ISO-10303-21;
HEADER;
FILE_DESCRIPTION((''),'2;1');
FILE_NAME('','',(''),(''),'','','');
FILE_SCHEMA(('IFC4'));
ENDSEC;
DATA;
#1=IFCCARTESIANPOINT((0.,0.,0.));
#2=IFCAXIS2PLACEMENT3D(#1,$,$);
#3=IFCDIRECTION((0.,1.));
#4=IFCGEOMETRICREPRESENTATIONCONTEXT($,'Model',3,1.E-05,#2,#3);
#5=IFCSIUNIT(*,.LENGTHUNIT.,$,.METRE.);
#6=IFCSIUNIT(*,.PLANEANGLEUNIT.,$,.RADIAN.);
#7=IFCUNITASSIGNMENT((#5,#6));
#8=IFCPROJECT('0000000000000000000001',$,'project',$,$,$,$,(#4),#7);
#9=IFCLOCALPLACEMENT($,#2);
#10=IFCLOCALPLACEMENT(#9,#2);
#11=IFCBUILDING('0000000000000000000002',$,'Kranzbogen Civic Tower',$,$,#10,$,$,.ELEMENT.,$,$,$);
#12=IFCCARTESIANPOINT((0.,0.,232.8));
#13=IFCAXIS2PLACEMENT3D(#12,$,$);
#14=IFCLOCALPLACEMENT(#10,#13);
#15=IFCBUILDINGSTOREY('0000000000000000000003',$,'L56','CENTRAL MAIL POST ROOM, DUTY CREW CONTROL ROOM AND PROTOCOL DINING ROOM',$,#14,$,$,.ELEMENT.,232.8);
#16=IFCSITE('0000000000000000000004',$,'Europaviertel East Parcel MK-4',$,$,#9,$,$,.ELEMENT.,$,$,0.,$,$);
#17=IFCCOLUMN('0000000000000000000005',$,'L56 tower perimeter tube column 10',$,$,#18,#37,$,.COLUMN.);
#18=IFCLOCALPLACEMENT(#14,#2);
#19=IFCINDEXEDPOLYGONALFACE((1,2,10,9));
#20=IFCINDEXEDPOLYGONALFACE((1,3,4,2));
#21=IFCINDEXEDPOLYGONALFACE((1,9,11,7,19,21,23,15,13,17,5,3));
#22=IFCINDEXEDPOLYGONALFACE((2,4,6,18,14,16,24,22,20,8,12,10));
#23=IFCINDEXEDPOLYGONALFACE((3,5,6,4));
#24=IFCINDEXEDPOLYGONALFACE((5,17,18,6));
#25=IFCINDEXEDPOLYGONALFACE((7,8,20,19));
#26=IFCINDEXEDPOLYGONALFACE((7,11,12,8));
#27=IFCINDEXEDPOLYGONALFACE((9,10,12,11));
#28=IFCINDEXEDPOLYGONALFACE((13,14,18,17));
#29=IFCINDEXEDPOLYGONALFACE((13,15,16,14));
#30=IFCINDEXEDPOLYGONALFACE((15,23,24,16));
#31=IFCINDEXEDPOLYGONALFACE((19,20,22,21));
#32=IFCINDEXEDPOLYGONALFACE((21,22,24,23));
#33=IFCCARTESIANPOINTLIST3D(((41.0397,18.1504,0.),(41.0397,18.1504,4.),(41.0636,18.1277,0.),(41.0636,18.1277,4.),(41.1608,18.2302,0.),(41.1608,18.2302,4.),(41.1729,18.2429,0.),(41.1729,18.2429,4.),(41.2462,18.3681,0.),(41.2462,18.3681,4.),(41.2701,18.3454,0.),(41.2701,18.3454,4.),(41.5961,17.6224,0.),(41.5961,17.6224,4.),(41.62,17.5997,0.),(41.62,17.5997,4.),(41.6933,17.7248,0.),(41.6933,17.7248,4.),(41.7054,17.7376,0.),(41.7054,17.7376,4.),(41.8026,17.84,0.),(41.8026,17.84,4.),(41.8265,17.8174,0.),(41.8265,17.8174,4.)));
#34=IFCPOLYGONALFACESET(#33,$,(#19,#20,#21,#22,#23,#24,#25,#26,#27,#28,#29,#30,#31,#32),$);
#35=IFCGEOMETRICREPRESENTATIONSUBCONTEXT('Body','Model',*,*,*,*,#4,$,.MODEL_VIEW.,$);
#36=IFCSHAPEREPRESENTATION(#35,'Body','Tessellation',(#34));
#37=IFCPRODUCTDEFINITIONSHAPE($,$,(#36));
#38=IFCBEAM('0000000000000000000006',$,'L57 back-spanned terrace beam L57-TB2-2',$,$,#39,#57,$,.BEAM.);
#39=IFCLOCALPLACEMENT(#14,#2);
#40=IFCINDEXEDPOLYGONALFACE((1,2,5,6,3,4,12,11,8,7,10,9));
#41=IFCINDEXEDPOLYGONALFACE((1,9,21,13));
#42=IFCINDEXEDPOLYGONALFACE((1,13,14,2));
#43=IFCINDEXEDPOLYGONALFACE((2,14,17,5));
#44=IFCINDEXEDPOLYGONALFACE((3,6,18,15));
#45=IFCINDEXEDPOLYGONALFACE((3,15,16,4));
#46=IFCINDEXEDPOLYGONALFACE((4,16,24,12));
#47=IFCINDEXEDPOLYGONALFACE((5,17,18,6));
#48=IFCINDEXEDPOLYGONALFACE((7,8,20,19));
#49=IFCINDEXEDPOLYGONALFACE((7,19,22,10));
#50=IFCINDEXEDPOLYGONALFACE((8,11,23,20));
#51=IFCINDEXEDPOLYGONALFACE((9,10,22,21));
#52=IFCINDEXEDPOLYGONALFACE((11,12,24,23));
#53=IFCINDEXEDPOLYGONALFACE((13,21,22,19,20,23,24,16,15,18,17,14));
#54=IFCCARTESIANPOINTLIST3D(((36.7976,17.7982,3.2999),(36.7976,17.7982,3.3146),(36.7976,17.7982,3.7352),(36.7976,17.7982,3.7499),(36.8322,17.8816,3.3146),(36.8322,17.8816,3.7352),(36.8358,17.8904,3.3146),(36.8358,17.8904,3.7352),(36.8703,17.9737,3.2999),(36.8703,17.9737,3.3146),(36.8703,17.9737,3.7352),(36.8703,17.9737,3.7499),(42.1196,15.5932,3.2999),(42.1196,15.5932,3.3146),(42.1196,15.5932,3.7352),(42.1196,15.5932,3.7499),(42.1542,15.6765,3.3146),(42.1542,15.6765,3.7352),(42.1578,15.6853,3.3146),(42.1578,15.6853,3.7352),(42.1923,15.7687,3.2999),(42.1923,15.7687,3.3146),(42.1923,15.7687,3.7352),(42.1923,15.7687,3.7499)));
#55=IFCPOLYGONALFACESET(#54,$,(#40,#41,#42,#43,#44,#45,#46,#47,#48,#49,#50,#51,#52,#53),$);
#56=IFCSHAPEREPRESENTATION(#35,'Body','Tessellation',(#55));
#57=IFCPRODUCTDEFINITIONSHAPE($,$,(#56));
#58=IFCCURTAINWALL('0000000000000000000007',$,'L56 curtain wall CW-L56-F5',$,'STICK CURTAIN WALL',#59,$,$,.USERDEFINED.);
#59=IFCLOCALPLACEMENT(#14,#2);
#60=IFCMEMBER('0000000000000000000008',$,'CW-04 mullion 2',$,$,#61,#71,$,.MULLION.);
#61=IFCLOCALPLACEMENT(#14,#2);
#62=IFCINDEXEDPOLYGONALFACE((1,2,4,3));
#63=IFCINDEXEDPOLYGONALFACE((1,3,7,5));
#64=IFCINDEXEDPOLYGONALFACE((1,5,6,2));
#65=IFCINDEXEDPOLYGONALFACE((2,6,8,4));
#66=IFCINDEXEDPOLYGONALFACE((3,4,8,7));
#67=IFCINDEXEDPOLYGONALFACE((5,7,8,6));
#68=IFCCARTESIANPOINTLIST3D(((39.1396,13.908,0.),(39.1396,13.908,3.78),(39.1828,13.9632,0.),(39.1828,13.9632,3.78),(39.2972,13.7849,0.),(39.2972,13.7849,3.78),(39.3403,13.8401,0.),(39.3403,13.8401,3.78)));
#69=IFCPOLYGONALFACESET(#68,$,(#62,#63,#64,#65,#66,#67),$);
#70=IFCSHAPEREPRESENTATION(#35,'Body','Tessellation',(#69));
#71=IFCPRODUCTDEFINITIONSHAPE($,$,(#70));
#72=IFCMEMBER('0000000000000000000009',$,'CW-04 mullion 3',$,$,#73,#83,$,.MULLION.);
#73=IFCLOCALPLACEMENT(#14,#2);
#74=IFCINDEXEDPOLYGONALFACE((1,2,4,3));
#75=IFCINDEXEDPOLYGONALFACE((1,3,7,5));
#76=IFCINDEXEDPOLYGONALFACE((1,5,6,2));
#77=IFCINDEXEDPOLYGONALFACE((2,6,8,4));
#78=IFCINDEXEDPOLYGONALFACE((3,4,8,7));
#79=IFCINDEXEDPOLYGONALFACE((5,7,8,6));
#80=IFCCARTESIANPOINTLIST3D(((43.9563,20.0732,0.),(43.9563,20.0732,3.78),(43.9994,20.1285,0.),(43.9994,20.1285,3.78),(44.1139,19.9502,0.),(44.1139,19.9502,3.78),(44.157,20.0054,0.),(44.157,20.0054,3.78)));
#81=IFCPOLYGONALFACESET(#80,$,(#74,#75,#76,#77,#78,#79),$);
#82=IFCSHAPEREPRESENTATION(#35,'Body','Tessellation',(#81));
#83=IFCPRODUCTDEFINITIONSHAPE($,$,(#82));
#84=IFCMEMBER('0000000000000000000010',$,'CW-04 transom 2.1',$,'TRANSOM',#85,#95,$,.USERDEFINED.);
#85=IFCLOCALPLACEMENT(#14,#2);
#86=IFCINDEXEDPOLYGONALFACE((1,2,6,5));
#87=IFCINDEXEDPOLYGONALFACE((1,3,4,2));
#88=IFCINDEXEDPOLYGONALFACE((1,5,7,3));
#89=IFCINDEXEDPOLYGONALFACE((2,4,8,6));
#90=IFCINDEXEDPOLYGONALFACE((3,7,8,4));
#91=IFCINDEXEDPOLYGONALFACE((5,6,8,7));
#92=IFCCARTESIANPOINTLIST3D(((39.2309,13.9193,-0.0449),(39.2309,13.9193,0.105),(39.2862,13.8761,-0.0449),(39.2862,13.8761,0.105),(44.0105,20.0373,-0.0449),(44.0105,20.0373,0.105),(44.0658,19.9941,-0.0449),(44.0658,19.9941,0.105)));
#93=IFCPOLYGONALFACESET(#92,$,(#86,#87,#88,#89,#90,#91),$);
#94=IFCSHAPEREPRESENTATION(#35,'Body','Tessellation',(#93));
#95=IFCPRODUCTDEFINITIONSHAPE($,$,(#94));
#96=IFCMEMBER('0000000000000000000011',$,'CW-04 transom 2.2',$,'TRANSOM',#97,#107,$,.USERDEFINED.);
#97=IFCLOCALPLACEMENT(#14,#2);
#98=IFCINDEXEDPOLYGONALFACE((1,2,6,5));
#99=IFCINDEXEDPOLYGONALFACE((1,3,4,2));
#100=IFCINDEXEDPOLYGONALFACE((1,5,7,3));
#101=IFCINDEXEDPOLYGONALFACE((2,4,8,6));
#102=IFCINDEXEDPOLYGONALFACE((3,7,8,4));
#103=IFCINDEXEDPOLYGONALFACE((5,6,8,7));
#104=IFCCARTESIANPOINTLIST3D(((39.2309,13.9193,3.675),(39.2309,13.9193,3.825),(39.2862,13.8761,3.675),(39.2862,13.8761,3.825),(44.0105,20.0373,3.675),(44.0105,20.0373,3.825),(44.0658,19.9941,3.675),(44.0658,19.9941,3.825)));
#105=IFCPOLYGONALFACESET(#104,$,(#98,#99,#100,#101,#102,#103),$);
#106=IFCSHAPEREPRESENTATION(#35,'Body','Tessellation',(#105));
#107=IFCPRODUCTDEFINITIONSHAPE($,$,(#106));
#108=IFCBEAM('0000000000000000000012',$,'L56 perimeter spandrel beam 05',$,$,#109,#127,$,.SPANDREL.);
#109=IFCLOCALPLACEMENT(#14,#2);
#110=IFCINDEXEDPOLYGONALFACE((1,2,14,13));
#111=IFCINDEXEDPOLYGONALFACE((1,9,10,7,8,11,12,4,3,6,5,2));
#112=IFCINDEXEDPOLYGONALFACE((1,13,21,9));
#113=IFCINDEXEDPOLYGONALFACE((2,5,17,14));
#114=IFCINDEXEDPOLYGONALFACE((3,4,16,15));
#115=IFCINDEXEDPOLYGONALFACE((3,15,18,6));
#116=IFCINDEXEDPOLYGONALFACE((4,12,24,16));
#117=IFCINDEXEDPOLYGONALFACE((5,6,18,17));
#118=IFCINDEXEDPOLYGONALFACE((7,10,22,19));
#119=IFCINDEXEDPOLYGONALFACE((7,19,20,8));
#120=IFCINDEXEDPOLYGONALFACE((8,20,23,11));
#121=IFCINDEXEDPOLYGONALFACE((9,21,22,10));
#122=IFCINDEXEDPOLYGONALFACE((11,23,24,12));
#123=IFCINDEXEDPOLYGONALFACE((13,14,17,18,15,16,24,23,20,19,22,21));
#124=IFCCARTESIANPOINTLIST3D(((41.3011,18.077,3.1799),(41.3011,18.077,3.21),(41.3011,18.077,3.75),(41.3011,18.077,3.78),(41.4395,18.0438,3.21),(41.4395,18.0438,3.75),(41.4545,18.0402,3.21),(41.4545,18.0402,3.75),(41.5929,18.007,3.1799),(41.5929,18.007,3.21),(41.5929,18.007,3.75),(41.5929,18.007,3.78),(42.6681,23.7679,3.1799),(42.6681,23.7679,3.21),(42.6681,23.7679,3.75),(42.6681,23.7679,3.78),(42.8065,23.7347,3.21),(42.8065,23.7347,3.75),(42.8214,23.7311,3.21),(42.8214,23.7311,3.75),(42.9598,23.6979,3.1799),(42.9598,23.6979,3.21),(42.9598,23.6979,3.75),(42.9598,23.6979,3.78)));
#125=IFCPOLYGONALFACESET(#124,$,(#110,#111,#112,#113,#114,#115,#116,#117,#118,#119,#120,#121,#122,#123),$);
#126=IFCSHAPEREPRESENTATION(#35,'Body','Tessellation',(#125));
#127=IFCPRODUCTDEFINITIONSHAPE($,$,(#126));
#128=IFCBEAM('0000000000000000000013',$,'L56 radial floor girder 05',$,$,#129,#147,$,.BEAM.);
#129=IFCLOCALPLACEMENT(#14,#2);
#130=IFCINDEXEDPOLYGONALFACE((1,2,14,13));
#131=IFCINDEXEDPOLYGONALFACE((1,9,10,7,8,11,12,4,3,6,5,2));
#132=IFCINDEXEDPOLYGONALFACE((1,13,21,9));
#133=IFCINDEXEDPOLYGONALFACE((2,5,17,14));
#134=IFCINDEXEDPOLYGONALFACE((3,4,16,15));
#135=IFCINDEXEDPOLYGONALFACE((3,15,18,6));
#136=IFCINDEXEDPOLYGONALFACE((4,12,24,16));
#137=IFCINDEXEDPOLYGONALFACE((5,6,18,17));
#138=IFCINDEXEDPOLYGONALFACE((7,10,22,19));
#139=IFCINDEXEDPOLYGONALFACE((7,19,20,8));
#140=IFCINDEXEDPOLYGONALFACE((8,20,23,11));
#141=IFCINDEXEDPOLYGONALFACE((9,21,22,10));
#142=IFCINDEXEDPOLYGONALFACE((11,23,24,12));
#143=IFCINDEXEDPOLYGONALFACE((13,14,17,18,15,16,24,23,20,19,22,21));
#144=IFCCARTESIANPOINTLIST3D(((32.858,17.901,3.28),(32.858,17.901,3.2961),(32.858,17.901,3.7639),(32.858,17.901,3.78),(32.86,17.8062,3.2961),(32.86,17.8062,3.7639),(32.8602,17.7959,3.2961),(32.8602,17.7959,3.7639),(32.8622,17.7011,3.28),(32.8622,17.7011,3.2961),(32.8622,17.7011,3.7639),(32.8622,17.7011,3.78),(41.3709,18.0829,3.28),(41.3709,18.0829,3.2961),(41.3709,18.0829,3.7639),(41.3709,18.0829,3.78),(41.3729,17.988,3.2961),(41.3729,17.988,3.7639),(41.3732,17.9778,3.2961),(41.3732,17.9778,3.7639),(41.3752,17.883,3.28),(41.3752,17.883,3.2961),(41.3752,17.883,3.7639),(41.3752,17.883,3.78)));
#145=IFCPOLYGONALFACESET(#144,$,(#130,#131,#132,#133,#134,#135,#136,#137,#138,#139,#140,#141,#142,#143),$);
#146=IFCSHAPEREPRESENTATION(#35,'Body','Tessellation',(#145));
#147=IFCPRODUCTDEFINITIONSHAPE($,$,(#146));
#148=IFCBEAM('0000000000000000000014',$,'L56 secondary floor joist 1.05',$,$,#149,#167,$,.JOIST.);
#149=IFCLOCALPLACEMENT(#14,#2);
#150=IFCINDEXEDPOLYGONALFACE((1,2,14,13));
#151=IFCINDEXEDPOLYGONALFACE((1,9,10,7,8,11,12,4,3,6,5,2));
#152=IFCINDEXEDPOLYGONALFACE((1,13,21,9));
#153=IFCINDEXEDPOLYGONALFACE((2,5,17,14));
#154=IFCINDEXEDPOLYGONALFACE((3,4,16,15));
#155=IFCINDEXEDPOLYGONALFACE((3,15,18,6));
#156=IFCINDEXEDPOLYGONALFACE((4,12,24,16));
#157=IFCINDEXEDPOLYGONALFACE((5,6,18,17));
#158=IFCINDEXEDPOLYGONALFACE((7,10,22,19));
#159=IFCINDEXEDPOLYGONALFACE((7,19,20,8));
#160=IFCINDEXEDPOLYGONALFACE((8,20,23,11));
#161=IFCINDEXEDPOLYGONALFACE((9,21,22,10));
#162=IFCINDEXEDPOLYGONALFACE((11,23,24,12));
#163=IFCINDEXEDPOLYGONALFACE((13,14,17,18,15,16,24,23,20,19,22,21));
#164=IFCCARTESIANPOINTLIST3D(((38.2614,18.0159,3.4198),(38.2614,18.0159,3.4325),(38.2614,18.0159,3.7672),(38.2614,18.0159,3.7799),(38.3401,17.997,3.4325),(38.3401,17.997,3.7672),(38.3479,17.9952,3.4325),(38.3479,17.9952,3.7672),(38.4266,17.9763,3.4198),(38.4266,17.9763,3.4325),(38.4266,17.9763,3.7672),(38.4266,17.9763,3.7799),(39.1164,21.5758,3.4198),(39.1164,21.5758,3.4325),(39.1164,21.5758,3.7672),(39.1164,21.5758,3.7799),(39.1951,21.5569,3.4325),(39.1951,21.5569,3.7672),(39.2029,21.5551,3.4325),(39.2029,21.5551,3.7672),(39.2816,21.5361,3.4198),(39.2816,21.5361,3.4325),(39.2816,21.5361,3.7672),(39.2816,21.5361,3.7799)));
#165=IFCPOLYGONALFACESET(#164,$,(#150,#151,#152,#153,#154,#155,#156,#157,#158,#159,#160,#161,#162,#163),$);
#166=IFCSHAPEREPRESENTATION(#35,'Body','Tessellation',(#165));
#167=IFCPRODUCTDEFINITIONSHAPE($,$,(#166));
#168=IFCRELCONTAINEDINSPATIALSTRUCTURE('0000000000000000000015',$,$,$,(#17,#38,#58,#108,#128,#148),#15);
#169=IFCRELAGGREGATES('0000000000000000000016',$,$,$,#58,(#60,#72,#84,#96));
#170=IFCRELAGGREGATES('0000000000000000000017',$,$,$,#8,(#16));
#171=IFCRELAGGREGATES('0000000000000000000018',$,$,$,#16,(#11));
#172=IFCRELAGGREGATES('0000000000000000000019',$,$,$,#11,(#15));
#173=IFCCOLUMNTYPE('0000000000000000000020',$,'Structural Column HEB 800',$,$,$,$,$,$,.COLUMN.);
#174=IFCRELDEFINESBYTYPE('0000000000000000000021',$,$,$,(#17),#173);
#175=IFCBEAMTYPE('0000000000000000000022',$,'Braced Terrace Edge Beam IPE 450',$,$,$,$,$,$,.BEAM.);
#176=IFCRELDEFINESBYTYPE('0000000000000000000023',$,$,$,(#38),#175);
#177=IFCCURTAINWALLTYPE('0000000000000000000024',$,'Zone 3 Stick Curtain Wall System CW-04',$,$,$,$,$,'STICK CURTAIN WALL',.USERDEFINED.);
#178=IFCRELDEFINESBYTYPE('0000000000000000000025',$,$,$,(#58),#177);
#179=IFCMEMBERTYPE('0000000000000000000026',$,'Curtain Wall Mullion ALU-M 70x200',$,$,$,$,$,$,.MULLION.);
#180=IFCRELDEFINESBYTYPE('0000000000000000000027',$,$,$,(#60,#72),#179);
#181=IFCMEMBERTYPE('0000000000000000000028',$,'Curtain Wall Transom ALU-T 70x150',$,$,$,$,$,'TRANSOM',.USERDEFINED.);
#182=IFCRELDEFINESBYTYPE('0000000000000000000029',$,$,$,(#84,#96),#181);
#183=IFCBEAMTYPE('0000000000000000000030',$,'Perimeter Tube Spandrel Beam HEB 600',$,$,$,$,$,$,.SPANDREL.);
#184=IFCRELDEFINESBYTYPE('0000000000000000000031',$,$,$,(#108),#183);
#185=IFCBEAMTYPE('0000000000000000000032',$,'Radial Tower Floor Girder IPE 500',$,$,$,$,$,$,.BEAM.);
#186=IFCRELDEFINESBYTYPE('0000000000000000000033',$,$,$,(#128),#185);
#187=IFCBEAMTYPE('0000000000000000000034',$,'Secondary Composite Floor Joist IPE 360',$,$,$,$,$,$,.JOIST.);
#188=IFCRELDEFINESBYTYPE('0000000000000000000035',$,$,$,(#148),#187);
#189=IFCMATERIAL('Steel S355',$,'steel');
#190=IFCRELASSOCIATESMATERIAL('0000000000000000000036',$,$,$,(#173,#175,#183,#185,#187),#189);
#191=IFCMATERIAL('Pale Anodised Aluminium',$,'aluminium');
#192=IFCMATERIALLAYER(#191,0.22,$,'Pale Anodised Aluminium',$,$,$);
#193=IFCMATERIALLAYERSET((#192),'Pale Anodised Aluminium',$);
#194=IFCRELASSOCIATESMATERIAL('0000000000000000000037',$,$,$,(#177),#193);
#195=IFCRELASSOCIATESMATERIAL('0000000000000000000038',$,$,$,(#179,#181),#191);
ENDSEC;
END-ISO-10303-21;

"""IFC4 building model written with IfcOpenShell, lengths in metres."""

from ifc_helpers import new_model, si_unit, direction, frame, origin, origin_2d, place, context, subcontext, project, spatial, rectangle, i_section, extrude, material, layer, layer_set, material_profile, profile_set, type_object, element, aggregate, save


model = new_model("IFC4")

# Units and contexts
model_context = context("Model", 3, precision=1e-05, world=origin(), true_north=direction((0.0, 1.0)))
body_context = subcontext(model_context, "Body", "Model", "MODEL_VIEW")
ifc_project = project(units=[si_unit("LENGTHUNIT", "METRE"), si_unit("PLANEANGLEUNIT", "RADIAN")], contexts=[model_context])

# Site, building, storey
site_placement = place(None, origin())
site = spatial("IfcSite", under=ifc_project, at=site_placement, Name="Europaviertel East Parcel MK-4", CompositionType="ELEMENT", RefElevation=0.0)
building_placement = place(site_placement, origin())
building = spatial("IfcBuilding", under=site, at=building_placement, Name="Kranzbogen Civic Tower", CompositionType="ELEMENT")
storey_placement = place(building_placement, frame((0.0, 0.0, 232.8)))
storey = spatial("IfcBuildingStorey", under=building, at=storey_placement, Name="L56", Description="CENTRAL MAIL POST ROOM, DUTY CREW CONTROL ROOM AND PROTOCOL DINING ROOM", CompositionType="ELEMENT", Elevation=232.8)

# Column
ifc_material_1 = material(Name="Steel S355", Category="steel")
ifc_material_profile_1 = material_profile(ifc_material_1, i_section(OverallWidth=0.3, OverallDepth=0.8, WebThickness=0.0176, FlangeThickness=0.033, at=origin_2d()), Name="HEB 800")
ifc_profile_set_1 = profile_set([ifc_material_profile_1], Name="Steel S355")
column_type = type_object("IfcColumnType", Name="Structural Column HEB 800", PredefinedType="COLUMN", material=ifc_profile_set_1)
column_placement = place(storey_placement, frame((41.4331, 17.9839, 0.0), z_axis=(0.0, 0.0, 1.0), x_axis=(0.688355, 0.725374, 0.0)))
element("IfcColumn", 1, at=column_placement, inside=storey, type_object=column_type, Name="L56 tower perimeter tube column 10", PredefinedType="COLUMN", context=body_context, shape_type="SweptSolid", body=[
    extrude(i_section(OverallWidth=0.3, OverallDepth=0.8, WebThickness=0.0176, FlangeThickness=0.033, at=origin_2d()), origin(), (0.0, 0.0, 1.0), 4.0),
])

# Beam
ifc_material_profile_2 = material_profile(ifc_material_1, i_section(OverallWidth=0.1899, OverallDepth=0.45, WebThickness=0.0095, FlangeThickness=0.0146, at=origin_2d()), Name="IPE 450")
ifc_profile_set_2 = profile_set([ifc_material_profile_2], Name="Steel S355")
beam_type_1 = type_object("IfcBeamType", Name="Braced Terrace Edge Beam IPE 450", PredefinedType="BEAM", material=ifc_profile_set_2)
beam_1_placement = place(storey_placement, frame((36.834, 17.886, 3.5249), z_axis=(0.923841, -0.382776, 0.0), x_axis=(0.382776, 0.923841, 0.0)))
element("IfcBeam", 2, at=beam_1_placement, inside=storey, type_object=beam_type_1, Name="L57 back-spanned terrace beam L57-TB2-2", PredefinedType="BEAM", context=body_context, shape_type="SweptSolid", body=[
    extrude(i_section(OverallWidth=0.1899, OverallDepth=0.45, WebThickness=0.0095, FlangeThickness=0.0146, at=origin_2d()), origin(), (0.0, 0.0, 1.0), 5.7607),
])

# Curtain wall, members
ifc_material_2 = material(Name="Pale Anodised Aluminium", Category="aluminium")
ifc_layer_1 = layer(ifc_material_2, 0.22, Name="Pale Anodised Aluminium")
ifc_layer_set_1 = layer_set([ifc_layer_1], Name="Pale Anodised Aluminium")
curtain_wall_type = type_object("IfcCurtainWallType", Name="Zone 3 Stick Curtain Wall System CW-04", ElementType="STICK CURTAIN WALL", PredefinedType="USERDEFINED", material=ifc_layer_set_1)
curtain_wall_placement = place(storey_placement, origin())
curtain_wall = element("IfcCurtainWall", 3, at=curtain_wall_placement, inside=storey, type_object=curtain_wall_type, Name="L56 curtain wall CW-L56-F5", ObjectType="STICK CURTAIN WALL", PredefinedType="USERDEFINED")
ifc_material_profile_3 = material_profile(ifc_material_2, rectangle(XDim=0.0701, YDim=0.2, at=origin_2d()), Name="ALU-M 70x200")
ifc_profile_set_3 = profile_set([ifc_material_profile_3], Name="Pale Anodised Aluminium")
member_type_1 = type_object("IfcMemberType", Name="Curtain Wall Mullion ALU-M 70x200", PredefinedType="MULLION", material=ifc_profile_set_3)
member_1_placement = place(storey_placement, frame((39.24, 13.874, 0.0), z_axis=(0.0, 0.0, 1.0), x_axis=(0.615632, 0.788034, 0.0)))
member_1 = element("IfcMember", 4, at=member_1_placement, type_object=member_type_1, Name="CW-04 mullion 2", PredefinedType="MULLION", context=body_context, shape_type="SweptSolid", body=[
    extrude(rectangle(XDim=0.0701, YDim=0.2, at=origin_2d()), origin(), (0.0, 0.0, 1.0), 3.78),
])
member_2_placement = place(storey_placement, frame((44.0566, 20.0393, 0.0), z_axis=(0.0, 0.0, 1.0), x_axis=(0.615632, 0.788034, 0.0)))
member_2 = element("IfcMember", 5, at=member_2_placement, type_object=member_type_1, Name="CW-04 mullion 3", PredefinedType="MULLION", context=body_context, shape_type="SweptSolid", body=[
    extrude(rectangle(XDim=0.0701, YDim=0.2, at=origin_2d()), origin(), (0.0, 0.0, 1.0), 3.78),
])
ifc_material_profile_4 = material_profile(ifc_material_2, rectangle(XDim=0.0701, YDim=0.1499, at=origin_2d()), Name="ALU-T 70x150")
ifc_profile_set_4 = profile_set([ifc_material_profile_4], Name="Pale Anodised Aluminium")
member_type_2 = type_object("IfcMemberType", Name="Curtain Wall Transom ALU-T 70x150", ElementType="TRANSOM", PredefinedType="USERDEFINED", material=ifc_profile_set_4)
member_3_placement = place(storey_placement, frame((39.2585, 13.8977, 0.03), z_axis=(0.615637, 0.78803, 0.0), x_axis=(-0.78803, 0.615637, 0.0)))
member_3 = element("IfcMember", 6, at=member_3_placement, type_object=member_type_2, Name="CW-04 transom 2.1", ObjectType="TRANSOM", PredefinedType="USERDEFINED", context=body_context, shape_type="SweptSolid", body=[
    extrude(rectangle(XDim=0.0701, YDim=0.1499, at=origin_2d()), origin(), (0.0, 0.0, 1.0), 7.7637),
])
member_4_placement = place(storey_placement, frame((39.2585, 13.8977, 3.75), z_axis=(0.615637, 0.78803, 0.0), x_axis=(-0.78803, 0.615637, 0.0)))
member_4 = element("IfcMember", 7, at=member_4_placement, type_object=member_type_2, Name="CW-04 transom 2.2", ObjectType="TRANSOM", PredefinedType="USERDEFINED", context=body_context, shape_type="SweptSolid", body=[
    extrude(rectangle(XDim=0.0701, YDim=0.1499, at=origin_2d()), origin(), (0.0, 0.0, 1.0), 7.7637),
])

# Beams
ifc_material_profile_5 = material_profile(ifc_material_1, i_section(OverallWidth=0.3, OverallDepth=0.6001, WebThickness=0.0154, FlangeThickness=0.03, at=origin_2d()), Name="HEB 600")
ifc_profile_set_5 = profile_set([ifc_material_profile_5], Name="Steel S355")
beam_type_2 = type_object("IfcBeamType", Name="Perimeter Tube Spandrel Beam HEB 600", PredefinedType="SPANDREL", material=ifc_profile_set_5)
beam_2_placement = place(storey_placement, frame((41.447, 18.042, 3.48), z_axis=(0.233554, 0.972344, 0.0), x_axis=(-0.972344, 0.233554, 0.0)))
element("IfcBeam", 8, at=beam_2_placement, inside=storey, type_object=beam_type_2, Name="L56 perimeter spandrel beam 05", PredefinedType="SPANDREL", context=body_context, shape_type="SweptSolid", body=[
    extrude(i_section(OverallWidth=0.3, OverallDepth=0.6001, WebThickness=0.0154, FlangeThickness=0.03, at=origin_2d()), origin(), (0.0, 0.0, 1.0), 5.8528),
])
ifc_material_profile_6 = material_profile(ifc_material_1, i_section(OverallWidth=0.2, OverallDepth=0.5, WebThickness=0.0103, FlangeThickness=0.0161, at=origin_2d()), Name="IPE 500")
ifc_profile_set_6 = profile_set([ifc_material_profile_6], Name="Steel S355")
beam_type_3 = type_object("IfcBeamType", Name="Radial Tower Floor Girder IPE 500", PredefinedType="BEAM", material=ifc_profile_set_6)
beam_3_placement = place(storey_placement, frame((41.373, 17.9829, 3.53), z_axis=(-0.999772, -0.021361, 0.0), x_axis=(0.021361, -0.999772, 0.0)))
element("IfcBeam", 9, at=beam_3_placement, inside=storey, type_object=beam_type_3, Name="L56 radial floor girder 05", PredefinedType="BEAM", context=body_context, shape_type="SweptSolid", body=[
    extrude(i_section(OverallWidth=0.2, OverallDepth=0.5, WebThickness=0.0103, FlangeThickness=0.0161, at=origin_2d()), origin(), (0.0, 0.0, 1.0), 8.5149),
])
ifc_material_profile_7 = material_profile(ifc_material_1, i_section(OverallWidth=0.1699, OverallDepth=0.3601, WebThickness=0.0081, FlangeThickness=0.0127, at=origin_2d()), Name="IPE 360")
ifc_profile_set_7 = profile_set([ifc_material_profile_7], Name="Steel S355")
beam_type_4 = type_object("IfcBeamType", Name="Secondary Composite Floor Joist IPE 360", PredefinedType="JOIST", material=ifc_profile_set_7)
beam_4_placement = place(storey_placement, frame((38.344, 17.9961, 3.5999), z_axis=(0.233534, 0.972349, 0.0), x_axis=(-0.972349, 0.233534, 0.0)))
element("IfcBeam", 10, at=beam_4_placement, inside=storey, type_object=beam_type_4, Name="L56 secondary floor joist 1.05", PredefinedType="JOIST", context=body_context, shape_type="SweptSolid", body=[
    extrude(i_section(OverallWidth=0.1699, OverallDepth=0.3601, WebThickness=0.0081, FlangeThickness=0.0127, at=origin_2d()), origin(), (0.0, 0.0, 1.0), 3.6611),
])

aggregate(curtain_wall, [member_1, member_2, member_3, member_4])

save(model, "model.ifc")
